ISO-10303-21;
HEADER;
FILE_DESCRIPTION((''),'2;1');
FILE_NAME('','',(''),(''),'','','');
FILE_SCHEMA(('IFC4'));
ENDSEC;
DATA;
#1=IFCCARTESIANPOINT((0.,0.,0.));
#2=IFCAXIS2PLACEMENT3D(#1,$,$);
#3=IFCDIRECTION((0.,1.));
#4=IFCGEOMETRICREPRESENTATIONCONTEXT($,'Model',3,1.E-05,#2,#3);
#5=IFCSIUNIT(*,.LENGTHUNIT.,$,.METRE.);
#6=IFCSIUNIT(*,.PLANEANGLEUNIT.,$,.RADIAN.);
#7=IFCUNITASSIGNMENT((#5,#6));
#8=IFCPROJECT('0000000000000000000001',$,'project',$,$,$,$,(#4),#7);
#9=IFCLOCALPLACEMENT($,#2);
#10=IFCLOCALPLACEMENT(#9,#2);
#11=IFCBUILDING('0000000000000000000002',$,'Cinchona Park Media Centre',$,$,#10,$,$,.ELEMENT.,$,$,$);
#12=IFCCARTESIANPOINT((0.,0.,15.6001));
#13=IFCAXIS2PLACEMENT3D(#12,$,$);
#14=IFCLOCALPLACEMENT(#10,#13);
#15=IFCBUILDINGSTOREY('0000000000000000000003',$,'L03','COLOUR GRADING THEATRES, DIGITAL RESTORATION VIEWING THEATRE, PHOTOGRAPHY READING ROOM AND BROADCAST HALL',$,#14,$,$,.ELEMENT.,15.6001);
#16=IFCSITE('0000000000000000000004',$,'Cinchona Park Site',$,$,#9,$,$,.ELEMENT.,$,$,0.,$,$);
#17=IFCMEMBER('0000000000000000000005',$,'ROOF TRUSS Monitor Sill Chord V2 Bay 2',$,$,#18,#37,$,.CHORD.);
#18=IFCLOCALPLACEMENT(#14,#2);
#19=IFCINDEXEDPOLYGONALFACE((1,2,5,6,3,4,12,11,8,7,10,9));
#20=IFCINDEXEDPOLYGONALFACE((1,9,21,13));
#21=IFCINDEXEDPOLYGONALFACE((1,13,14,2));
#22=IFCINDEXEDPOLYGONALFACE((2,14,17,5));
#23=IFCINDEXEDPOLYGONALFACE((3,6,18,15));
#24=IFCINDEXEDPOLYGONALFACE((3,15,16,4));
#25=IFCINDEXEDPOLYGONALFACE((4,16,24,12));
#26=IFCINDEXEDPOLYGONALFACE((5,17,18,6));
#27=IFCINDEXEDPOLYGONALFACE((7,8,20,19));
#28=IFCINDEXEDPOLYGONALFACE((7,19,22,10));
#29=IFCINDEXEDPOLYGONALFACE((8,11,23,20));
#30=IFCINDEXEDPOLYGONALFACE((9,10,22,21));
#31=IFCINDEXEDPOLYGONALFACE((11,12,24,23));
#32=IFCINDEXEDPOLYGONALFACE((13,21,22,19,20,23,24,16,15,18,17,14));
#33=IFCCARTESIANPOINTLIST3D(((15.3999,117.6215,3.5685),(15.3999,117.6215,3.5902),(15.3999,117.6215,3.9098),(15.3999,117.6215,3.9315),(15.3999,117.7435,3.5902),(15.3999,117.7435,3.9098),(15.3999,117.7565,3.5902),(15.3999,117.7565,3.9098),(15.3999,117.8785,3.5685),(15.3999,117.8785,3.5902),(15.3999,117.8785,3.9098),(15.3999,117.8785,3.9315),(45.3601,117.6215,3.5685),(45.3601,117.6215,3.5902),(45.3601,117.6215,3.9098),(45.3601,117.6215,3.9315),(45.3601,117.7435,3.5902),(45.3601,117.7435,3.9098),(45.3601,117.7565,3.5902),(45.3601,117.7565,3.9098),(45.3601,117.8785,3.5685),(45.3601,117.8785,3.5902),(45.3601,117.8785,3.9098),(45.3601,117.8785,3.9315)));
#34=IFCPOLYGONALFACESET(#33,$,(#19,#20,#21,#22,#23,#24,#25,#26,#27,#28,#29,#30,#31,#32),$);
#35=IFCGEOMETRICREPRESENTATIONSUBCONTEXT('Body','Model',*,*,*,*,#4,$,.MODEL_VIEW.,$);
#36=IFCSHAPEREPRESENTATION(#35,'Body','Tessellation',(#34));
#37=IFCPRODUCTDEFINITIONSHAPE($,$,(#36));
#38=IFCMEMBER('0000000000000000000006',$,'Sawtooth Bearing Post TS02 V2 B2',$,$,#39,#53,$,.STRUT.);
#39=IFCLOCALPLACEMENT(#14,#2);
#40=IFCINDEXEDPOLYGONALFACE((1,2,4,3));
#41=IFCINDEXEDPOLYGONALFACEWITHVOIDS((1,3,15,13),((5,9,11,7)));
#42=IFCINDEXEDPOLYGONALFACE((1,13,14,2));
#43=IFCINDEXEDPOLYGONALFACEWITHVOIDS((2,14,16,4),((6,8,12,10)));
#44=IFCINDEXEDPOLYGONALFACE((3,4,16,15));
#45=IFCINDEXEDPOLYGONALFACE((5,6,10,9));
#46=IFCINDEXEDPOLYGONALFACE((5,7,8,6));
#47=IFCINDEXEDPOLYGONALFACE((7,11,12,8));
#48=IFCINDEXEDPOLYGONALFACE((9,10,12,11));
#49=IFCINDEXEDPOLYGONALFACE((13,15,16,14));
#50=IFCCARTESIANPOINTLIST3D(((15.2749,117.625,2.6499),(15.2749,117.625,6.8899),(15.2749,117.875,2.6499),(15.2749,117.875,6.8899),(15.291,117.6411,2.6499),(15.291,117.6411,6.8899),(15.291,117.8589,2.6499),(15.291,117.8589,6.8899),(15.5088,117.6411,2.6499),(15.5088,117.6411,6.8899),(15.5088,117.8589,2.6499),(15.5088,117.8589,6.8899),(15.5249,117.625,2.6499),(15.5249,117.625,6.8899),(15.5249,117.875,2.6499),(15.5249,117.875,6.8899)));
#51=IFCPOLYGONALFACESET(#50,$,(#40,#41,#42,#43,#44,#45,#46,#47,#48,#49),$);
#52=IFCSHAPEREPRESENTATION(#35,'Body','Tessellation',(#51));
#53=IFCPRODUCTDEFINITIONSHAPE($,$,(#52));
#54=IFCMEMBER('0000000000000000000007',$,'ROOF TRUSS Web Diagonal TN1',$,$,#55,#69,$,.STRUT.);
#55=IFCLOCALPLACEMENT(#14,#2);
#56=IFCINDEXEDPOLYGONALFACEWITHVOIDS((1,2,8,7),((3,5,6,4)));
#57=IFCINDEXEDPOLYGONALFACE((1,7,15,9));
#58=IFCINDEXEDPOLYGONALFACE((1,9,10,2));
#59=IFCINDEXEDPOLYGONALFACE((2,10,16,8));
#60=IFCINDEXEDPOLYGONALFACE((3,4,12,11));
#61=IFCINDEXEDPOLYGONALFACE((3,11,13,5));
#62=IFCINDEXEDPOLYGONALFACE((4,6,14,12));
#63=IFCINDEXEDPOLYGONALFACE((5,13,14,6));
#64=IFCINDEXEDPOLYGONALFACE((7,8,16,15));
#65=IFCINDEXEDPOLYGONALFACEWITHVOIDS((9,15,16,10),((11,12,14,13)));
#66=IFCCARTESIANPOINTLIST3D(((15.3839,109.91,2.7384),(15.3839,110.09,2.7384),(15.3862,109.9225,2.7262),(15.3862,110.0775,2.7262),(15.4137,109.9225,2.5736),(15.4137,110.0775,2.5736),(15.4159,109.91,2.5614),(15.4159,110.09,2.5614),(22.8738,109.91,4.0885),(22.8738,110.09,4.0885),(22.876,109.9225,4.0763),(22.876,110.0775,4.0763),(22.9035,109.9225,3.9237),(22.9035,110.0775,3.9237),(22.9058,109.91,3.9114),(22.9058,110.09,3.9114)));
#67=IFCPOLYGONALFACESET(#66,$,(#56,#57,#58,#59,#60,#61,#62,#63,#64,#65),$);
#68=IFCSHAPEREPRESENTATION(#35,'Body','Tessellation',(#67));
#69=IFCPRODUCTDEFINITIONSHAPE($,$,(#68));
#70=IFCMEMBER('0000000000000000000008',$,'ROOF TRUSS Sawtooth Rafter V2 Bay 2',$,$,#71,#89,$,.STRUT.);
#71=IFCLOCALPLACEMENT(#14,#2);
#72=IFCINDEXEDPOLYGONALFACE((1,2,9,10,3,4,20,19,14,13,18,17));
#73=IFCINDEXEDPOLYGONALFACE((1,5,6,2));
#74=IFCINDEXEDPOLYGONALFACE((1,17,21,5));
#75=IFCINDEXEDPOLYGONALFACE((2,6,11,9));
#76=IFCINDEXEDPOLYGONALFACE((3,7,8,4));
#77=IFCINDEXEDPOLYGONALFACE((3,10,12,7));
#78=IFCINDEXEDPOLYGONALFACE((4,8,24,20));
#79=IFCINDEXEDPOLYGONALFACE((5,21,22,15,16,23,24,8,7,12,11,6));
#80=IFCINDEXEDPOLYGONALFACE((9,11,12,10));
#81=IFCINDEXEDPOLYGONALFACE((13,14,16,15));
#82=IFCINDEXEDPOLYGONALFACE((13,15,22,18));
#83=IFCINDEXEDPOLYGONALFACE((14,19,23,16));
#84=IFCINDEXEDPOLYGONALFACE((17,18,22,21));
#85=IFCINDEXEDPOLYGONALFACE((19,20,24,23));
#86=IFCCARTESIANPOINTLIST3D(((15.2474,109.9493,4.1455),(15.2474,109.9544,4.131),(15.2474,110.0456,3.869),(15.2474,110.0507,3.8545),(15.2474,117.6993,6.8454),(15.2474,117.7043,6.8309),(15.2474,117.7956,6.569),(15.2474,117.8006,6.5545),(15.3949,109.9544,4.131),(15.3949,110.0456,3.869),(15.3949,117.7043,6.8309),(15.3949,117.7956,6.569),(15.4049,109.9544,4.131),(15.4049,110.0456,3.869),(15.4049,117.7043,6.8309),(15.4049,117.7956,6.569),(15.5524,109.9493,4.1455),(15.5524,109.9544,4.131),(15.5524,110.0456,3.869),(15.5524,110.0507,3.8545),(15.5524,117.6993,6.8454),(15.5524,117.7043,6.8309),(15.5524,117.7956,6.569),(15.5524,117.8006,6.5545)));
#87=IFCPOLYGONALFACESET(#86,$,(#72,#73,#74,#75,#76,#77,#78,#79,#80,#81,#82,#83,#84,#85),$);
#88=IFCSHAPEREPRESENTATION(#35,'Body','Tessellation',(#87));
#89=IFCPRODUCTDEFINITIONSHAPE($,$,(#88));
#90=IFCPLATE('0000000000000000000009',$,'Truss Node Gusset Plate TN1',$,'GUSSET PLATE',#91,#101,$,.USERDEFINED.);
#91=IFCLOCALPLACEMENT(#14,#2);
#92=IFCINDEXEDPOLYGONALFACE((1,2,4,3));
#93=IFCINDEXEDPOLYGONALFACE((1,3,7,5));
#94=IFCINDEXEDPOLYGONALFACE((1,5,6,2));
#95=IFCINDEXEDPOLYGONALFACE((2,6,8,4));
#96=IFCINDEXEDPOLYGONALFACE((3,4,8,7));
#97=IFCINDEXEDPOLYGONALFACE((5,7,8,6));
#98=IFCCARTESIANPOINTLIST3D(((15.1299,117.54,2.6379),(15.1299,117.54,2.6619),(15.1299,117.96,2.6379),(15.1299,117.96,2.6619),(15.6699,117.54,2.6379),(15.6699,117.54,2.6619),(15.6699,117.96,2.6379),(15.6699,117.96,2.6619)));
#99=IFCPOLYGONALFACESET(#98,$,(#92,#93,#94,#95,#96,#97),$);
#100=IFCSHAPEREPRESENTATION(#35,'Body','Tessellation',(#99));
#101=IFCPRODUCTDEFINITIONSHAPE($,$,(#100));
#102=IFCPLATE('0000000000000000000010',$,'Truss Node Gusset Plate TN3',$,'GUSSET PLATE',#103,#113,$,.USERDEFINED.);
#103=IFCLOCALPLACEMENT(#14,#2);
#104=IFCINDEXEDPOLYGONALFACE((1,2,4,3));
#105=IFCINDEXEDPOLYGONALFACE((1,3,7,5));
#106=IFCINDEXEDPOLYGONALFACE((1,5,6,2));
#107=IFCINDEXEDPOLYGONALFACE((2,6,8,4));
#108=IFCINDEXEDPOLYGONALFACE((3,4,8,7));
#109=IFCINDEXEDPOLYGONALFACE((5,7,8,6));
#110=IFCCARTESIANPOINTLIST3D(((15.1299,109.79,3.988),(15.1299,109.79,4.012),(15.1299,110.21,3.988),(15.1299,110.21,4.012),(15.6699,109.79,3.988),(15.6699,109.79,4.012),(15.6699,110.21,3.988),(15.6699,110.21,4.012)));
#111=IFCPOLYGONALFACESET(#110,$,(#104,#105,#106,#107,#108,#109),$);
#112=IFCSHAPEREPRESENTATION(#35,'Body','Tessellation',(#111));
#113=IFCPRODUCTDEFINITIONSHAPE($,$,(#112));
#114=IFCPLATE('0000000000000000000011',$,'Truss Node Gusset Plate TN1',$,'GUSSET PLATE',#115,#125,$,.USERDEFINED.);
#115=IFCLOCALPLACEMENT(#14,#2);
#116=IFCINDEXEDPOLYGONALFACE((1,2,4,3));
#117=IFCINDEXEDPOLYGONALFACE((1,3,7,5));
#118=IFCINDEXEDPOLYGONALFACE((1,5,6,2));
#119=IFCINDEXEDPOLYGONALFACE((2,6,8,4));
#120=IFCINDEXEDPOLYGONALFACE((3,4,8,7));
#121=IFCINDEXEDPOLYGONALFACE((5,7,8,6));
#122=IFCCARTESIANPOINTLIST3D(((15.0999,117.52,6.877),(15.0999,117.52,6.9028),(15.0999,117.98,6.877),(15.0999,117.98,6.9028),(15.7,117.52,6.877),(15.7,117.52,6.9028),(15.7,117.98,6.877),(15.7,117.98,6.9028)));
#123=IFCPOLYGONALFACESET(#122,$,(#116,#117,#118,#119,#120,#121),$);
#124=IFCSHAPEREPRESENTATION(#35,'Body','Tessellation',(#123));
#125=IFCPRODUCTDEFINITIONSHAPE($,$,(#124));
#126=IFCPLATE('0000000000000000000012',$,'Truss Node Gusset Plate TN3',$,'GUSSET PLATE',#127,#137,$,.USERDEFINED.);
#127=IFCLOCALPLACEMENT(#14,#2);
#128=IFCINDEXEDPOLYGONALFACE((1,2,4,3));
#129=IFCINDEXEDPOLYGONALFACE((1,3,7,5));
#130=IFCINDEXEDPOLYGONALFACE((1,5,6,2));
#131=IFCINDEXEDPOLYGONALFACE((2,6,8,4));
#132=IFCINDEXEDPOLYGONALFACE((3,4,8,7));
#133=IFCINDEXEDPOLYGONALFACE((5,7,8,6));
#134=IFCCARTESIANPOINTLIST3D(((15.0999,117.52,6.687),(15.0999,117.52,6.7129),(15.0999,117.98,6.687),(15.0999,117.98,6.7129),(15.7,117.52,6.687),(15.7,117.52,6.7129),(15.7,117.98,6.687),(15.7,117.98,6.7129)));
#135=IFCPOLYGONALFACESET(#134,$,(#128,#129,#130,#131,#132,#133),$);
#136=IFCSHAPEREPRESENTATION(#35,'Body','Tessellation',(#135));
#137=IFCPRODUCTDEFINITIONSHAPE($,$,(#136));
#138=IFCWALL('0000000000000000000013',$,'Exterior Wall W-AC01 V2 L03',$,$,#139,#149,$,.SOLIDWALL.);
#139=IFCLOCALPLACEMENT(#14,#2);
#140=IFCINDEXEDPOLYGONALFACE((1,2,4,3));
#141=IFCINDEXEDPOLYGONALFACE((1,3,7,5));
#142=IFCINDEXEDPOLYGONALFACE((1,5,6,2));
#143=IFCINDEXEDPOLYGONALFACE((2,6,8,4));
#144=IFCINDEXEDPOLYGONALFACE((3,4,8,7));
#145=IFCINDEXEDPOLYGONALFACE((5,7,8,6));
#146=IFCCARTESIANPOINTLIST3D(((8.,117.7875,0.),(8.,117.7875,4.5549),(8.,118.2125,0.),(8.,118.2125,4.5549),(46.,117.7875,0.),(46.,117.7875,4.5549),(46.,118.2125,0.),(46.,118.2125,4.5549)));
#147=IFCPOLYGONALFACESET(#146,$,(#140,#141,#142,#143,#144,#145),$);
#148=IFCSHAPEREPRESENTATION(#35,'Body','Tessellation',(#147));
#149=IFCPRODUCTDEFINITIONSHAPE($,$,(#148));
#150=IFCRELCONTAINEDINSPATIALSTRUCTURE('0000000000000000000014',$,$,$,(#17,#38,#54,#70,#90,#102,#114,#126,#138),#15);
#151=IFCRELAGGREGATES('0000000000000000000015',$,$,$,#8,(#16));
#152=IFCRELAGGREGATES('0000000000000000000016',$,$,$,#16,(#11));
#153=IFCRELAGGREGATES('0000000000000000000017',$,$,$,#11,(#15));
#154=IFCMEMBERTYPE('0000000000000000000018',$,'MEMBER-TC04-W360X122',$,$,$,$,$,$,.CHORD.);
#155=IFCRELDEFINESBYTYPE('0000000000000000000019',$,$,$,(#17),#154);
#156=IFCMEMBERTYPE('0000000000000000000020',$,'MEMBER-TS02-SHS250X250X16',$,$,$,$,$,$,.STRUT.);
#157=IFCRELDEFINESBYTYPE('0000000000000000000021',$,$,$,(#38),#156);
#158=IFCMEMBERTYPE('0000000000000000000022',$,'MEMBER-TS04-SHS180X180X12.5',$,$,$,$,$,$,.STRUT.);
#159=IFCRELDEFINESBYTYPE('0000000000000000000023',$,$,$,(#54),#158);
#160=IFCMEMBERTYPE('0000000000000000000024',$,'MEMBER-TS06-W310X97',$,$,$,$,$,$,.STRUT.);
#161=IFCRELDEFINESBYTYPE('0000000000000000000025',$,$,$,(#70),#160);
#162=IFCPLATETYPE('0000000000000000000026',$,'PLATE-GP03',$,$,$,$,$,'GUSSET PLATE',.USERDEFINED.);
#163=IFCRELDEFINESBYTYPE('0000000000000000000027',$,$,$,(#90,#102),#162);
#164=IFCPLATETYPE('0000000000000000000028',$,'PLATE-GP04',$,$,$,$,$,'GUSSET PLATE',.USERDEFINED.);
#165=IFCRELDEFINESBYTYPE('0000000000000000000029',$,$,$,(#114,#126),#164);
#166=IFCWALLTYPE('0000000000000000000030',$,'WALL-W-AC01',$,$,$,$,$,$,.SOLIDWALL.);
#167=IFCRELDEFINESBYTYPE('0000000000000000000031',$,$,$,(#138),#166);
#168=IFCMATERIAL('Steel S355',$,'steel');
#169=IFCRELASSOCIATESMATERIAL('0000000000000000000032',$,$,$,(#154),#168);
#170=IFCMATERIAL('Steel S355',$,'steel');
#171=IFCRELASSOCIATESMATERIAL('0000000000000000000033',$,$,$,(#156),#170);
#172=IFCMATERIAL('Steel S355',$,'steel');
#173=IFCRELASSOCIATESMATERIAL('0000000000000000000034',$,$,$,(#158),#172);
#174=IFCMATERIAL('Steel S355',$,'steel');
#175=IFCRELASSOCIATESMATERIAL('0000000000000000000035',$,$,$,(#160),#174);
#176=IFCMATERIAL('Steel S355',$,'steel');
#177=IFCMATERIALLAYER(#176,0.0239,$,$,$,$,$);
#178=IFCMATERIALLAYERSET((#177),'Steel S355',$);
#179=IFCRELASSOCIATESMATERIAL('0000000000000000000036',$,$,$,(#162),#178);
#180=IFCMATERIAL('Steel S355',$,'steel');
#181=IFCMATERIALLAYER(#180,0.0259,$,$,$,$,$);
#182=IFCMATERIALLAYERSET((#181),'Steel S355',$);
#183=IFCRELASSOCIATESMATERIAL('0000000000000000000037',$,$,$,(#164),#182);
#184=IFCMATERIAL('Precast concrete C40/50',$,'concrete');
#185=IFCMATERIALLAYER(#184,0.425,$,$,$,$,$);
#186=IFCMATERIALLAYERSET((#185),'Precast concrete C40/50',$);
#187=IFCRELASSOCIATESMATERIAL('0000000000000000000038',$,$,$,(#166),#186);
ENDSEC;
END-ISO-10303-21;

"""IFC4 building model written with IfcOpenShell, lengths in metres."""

from ifc_helpers import new_model, si_unit, direction, frame, frame_2d, origin, origin_2d, place, context, subcontext, project, spatial, rectangle, hollow_rectangle, i_section, extrude, material, layer, layer_set, material_profile, profile_set, type_object, element, save


model = new_model("IFC4")

# Units and contexts
model_context = context("Model", 3, precision=1e-05, world=origin(), true_north=direction((0.0, 1.0)))
body_context = subcontext(model_context, "Body", "Model", "MODEL_VIEW")
ifc_project = project(units=[si_unit("LENGTHUNIT", "METRE"), si_unit("PLANEANGLEUNIT", "RADIAN")], contexts=[model_context])

# Site, building, storey
site_placement = place(None, origin())
site = spatial("IfcSite", under=ifc_project, at=site_placement, Name="Cinchona Park Site", CompositionType="ELEMENT", RefElevation=0.0)
building_placement = place(site_placement, origin())
building = spatial("IfcBuilding", under=site, at=building_placement, Name="Cinchona Park Media Centre", CompositionType="ELEMENT")
storey_placement = place(building_placement, frame((0.0, 0.0, 15.6001)))
storey = spatial("IfcBuildingStorey", under=building, at=storey_placement, Name="L03", Description="COLOUR GRADING THEATRES, DIGITAL RESTORATION VIEWING THEATRE, PHOTOGRAPHY READING ROOM AND BROADCAST HALL", CompositionType="ELEMENT", Elevation=15.6001)

# Members
ifc_material_1 = material(Name="Steel S355", Category="steel")
ifc_material_profile_1 = material_profile(ifc_material_1, i_section(OverallWidth=0.2571, OverallDepth=0.363, WebThickness=0.0129, FlangeThickness=0.0217, at=origin_2d()), Name="W360X122")
ifc_profile_set_1 = profile_set([ifc_material_profile_1], Name="Steel S355")
member_type_1 = type_object("IfcMemberType", Name="MEMBER-TC04-W360X122", PredefinedType="CHORD", material=ifc_profile_set_1)
member_1_placement = place(storey_placement, frame((15.3999, 117.75, 3.75), z_axis=(1.0, 0.0, 0.0), x_axis=(0.0, 1.0, 0.0)))
element("IfcMember", 1, at=member_1_placement, inside=storey, type_object=member_type_1, Name="ROOF TRUSS Monitor Sill Chord V2 Bay 2", PredefinedType="CHORD", context=body_context, shape_type="SweptSolid", body=[
    extrude(i_section(OverallWidth=0.2571, OverallDepth=0.363, WebThickness=0.0129, FlangeThickness=0.0217, at=origin_2d()), origin(), (0.0, 0.0, 1.0), 29.9602),
])
ifc_material_2 = material(Name="Steel S355", Category="steel")
ifc_material_profile_2 = material_profile(ifc_material_2, hollow_rectangle(XDim=0.25, YDim=0.25, WallThickness=0.0161, at=origin_2d()), Name="250X250X16SHS")
ifc_profile_set_2 = profile_set([ifc_material_profile_2], Name="Steel S355")
member_type_2 = type_object("IfcMemberType", Name="MEMBER-TS02-SHS250X250X16", PredefinedType="STRUT", material=ifc_profile_set_2)
member_2_placement = place(storey_placement, frame((15.3999, 117.75, 2.6499), z_axis=(0.0, 0.0, 1.0), x_axis=(1.0, 0.0, 0.0)))
element("IfcMember", 2, at=member_2_placement, inside=storey, type_object=member_type_2, Name="Sawtooth Bearing Post TS02 V2 B2", PredefinedType="STRUT", context=body_context, shape_type="SweptSolid", body=[
    extrude(hollow_rectangle(XDim=0.25, YDim=0.25, WallThickness=0.0161, at=origin_2d()), origin(), (0.0, 0.0, 1.0), 4.24),
])
ifc_material_3 = material(Name="Steel S355", Category="steel")
ifc_material_profile_3 = material_profile(ifc_material_3, hollow_rectangle(XDim=0.1799, YDim=0.1799, WallThickness=0.0125, at=origin_2d()), Name="180X180X12.5SHS")
ifc_profile_set_3 = profile_set([ifc_material_profile_3], Name="Steel S355")
member_type_3 = type_object("IfcMemberType", Name="MEMBER-TS04-SHS180X180X12.5", PredefinedType="STRUT", material=ifc_profile_set_3)
member_3_placement = place(storey_placement, frame((15.3999, 110.0, 2.6499), z_axis=(0.98414, 0.0, 0.177395), x_axis=(0.0, 1.0, 0.0)))
element("IfcMember", 3, at=member_3_placement, inside=storey, type_object=member_type_3, Name="ROOF TRUSS Web Diagonal TN1", PredefinedType="STRUT", context=body_context, shape_type="SweptSolid", body=[
    extrude(hollow_rectangle(XDim=0.1799, YDim=0.1799, WallThickness=0.0125, at=origin_2d()), origin(), (0.0, 0.0, 1.0), 7.6106),
])
ifc_material_4 = material(Name="Steel S355", Category="steel")
ifc_material_profile_4 = material_profile(ifc_material_4, i_section(OverallWidth=0.3049, OverallDepth=0.3081, WebThickness=0.01, FlangeThickness=0.0154, at=origin_2d()), Name="W310X97")
ifc_profile_set_4 = profile_set([ifc_material_profile_4], Name="Steel S355")
member_type_4 = type_object("IfcMemberType", Name="MEMBER-TS06-W310X97", PredefinedType="STRUT", material=ifc_profile_set_4)
member_4_placement = place(storey_placement, frame((15.3999, 110.0, 4.0), z_axis=(0.0, 0.944334, 0.328988), x_axis=(-1.0, 0.0, 0.0)))
element("IfcMember", 4, at=member_4_placement, inside=storey, type_object=member_type_4, Name="ROOF TRUSS Sawtooth Rafter V2 Bay 2", PredefinedType="STRUT", context=body_context, shape_type="SweptSolid", body=[
    extrude(i_section(OverallWidth=0.3049, OverallDepth=0.3081, WebThickness=0.01, FlangeThickness=0.0154, at=origin_2d()), origin(), (0.0, 0.0, 1.0), 8.2068),
])

# Plates
ifc_material_5 = material(Name="Steel S355", Category="steel")
ifc_layer_1 = layer(ifc_material_5, 0.0239)
ifc_layer_set_1 = layer_set([ifc_layer_1], Name="Steel S355")
plate_type_1 = type_object("IfcPlateType", Name="PLATE-GP03", ElementType="GUSSET PLATE", PredefinedType="USERDEFINED", material=ifc_layer_set_1)
for number, where, z_axis, x_axis, name in (
    (5, (15.3999, 117.75, 2.6379), (0.0, 0.0, 1.0), (1.0, 0.0, 0.0), "Truss Node Gusset Plate TN1"),
    (6, (15.3999, 110.0, 3.988), (0.0, 0.0, 1.0), (1.0, 0.0, 0.0), "Truss Node Gusset Plate TN3"),
):
    element("IfcPlate", number, at=place(storey_placement, frame(where, z_axis=z_axis, x_axis=x_axis)), inside=storey, type_object=plate_type_1, Name=name, ObjectType="GUSSET PLATE", PredefinedType="USERDEFINED", context=body_context, shape_type="SweptSolid", body=[
        extrude(rectangle(XDim=0.54, YDim=0.4199, at=origin_2d()), origin(), (0.0, 0.0, 1.0), 0.0239),
    ])
ifc_material_6 = material(Name="Steel S355", Category="steel")
ifc_layer_2 = layer(ifc_material_6, 0.0259)
ifc_layer_set_2 = layer_set([ifc_layer_2], Name="Steel S355")
plate_type_2 = type_object("IfcPlateType", Name="PLATE-GP04", ElementType="GUSSET PLATE", PredefinedType="USERDEFINED", material=ifc_layer_set_2)
for number, where, z_axis, x_axis, name in (
    (7, (15.3999, 117.75, 6.877), (0.0, 0.0, 1.0), (1.0, 0.0, 0.0), "Truss Node Gusset Plate TN1"),
    (8, (15.3999, 117.75, 6.687), (0.0, 0.0, 1.0), (1.0, 0.0, 0.0), "Truss Node Gusset Plate TN3"),
):
    element("IfcPlate", number, at=place(storey_placement, frame(where, z_axis=z_axis, x_axis=x_axis)), inside=storey, type_object=plate_type_2, Name=name, ObjectType="GUSSET PLATE", PredefinedType="USERDEFINED", context=body_context, shape_type="SweptSolid", body=[
        extrude(rectangle(XDim=0.6001, YDim=0.46, at=origin_2d()), origin(), (0.0, 0.0, 1.0), 0.0259),
    ])

# Wall
ifc_material_7 = material(Name="Precast concrete C40/50", Category="concrete")
ifc_layer_3 = layer(ifc_material_7, 0.425)
ifc_layer_set_3 = layer_set([ifc_layer_3], Name="Precast concrete C40/50")
wall_type_1 = type_object("IfcWallType", Name="WALL-W-AC01", PredefinedType="SOLIDWALL", material=ifc_layer_set_3)
wall_1_placement = place(storey_placement, frame((8.0, 118.0, 0.0), z_axis=(0.0, 0.0, 1.0), x_axis=(1.0, 0.0, 0.0)))
element("IfcWall", 9, at=wall_1_placement, inside=storey, type_object=wall_type_1, Name="Exterior Wall W-AC01 V2 L03", PredefinedType="SOLIDWALL", context=body_context, shape_type="SweptSolid", body=[
    extrude(rectangle(XDim=38.0, YDim=0.425, at=frame_2d((19.0, 0.0))), origin(), (0.0, 0.0, 1.0), 4.5549),
])

save(model, "model.ifc")
